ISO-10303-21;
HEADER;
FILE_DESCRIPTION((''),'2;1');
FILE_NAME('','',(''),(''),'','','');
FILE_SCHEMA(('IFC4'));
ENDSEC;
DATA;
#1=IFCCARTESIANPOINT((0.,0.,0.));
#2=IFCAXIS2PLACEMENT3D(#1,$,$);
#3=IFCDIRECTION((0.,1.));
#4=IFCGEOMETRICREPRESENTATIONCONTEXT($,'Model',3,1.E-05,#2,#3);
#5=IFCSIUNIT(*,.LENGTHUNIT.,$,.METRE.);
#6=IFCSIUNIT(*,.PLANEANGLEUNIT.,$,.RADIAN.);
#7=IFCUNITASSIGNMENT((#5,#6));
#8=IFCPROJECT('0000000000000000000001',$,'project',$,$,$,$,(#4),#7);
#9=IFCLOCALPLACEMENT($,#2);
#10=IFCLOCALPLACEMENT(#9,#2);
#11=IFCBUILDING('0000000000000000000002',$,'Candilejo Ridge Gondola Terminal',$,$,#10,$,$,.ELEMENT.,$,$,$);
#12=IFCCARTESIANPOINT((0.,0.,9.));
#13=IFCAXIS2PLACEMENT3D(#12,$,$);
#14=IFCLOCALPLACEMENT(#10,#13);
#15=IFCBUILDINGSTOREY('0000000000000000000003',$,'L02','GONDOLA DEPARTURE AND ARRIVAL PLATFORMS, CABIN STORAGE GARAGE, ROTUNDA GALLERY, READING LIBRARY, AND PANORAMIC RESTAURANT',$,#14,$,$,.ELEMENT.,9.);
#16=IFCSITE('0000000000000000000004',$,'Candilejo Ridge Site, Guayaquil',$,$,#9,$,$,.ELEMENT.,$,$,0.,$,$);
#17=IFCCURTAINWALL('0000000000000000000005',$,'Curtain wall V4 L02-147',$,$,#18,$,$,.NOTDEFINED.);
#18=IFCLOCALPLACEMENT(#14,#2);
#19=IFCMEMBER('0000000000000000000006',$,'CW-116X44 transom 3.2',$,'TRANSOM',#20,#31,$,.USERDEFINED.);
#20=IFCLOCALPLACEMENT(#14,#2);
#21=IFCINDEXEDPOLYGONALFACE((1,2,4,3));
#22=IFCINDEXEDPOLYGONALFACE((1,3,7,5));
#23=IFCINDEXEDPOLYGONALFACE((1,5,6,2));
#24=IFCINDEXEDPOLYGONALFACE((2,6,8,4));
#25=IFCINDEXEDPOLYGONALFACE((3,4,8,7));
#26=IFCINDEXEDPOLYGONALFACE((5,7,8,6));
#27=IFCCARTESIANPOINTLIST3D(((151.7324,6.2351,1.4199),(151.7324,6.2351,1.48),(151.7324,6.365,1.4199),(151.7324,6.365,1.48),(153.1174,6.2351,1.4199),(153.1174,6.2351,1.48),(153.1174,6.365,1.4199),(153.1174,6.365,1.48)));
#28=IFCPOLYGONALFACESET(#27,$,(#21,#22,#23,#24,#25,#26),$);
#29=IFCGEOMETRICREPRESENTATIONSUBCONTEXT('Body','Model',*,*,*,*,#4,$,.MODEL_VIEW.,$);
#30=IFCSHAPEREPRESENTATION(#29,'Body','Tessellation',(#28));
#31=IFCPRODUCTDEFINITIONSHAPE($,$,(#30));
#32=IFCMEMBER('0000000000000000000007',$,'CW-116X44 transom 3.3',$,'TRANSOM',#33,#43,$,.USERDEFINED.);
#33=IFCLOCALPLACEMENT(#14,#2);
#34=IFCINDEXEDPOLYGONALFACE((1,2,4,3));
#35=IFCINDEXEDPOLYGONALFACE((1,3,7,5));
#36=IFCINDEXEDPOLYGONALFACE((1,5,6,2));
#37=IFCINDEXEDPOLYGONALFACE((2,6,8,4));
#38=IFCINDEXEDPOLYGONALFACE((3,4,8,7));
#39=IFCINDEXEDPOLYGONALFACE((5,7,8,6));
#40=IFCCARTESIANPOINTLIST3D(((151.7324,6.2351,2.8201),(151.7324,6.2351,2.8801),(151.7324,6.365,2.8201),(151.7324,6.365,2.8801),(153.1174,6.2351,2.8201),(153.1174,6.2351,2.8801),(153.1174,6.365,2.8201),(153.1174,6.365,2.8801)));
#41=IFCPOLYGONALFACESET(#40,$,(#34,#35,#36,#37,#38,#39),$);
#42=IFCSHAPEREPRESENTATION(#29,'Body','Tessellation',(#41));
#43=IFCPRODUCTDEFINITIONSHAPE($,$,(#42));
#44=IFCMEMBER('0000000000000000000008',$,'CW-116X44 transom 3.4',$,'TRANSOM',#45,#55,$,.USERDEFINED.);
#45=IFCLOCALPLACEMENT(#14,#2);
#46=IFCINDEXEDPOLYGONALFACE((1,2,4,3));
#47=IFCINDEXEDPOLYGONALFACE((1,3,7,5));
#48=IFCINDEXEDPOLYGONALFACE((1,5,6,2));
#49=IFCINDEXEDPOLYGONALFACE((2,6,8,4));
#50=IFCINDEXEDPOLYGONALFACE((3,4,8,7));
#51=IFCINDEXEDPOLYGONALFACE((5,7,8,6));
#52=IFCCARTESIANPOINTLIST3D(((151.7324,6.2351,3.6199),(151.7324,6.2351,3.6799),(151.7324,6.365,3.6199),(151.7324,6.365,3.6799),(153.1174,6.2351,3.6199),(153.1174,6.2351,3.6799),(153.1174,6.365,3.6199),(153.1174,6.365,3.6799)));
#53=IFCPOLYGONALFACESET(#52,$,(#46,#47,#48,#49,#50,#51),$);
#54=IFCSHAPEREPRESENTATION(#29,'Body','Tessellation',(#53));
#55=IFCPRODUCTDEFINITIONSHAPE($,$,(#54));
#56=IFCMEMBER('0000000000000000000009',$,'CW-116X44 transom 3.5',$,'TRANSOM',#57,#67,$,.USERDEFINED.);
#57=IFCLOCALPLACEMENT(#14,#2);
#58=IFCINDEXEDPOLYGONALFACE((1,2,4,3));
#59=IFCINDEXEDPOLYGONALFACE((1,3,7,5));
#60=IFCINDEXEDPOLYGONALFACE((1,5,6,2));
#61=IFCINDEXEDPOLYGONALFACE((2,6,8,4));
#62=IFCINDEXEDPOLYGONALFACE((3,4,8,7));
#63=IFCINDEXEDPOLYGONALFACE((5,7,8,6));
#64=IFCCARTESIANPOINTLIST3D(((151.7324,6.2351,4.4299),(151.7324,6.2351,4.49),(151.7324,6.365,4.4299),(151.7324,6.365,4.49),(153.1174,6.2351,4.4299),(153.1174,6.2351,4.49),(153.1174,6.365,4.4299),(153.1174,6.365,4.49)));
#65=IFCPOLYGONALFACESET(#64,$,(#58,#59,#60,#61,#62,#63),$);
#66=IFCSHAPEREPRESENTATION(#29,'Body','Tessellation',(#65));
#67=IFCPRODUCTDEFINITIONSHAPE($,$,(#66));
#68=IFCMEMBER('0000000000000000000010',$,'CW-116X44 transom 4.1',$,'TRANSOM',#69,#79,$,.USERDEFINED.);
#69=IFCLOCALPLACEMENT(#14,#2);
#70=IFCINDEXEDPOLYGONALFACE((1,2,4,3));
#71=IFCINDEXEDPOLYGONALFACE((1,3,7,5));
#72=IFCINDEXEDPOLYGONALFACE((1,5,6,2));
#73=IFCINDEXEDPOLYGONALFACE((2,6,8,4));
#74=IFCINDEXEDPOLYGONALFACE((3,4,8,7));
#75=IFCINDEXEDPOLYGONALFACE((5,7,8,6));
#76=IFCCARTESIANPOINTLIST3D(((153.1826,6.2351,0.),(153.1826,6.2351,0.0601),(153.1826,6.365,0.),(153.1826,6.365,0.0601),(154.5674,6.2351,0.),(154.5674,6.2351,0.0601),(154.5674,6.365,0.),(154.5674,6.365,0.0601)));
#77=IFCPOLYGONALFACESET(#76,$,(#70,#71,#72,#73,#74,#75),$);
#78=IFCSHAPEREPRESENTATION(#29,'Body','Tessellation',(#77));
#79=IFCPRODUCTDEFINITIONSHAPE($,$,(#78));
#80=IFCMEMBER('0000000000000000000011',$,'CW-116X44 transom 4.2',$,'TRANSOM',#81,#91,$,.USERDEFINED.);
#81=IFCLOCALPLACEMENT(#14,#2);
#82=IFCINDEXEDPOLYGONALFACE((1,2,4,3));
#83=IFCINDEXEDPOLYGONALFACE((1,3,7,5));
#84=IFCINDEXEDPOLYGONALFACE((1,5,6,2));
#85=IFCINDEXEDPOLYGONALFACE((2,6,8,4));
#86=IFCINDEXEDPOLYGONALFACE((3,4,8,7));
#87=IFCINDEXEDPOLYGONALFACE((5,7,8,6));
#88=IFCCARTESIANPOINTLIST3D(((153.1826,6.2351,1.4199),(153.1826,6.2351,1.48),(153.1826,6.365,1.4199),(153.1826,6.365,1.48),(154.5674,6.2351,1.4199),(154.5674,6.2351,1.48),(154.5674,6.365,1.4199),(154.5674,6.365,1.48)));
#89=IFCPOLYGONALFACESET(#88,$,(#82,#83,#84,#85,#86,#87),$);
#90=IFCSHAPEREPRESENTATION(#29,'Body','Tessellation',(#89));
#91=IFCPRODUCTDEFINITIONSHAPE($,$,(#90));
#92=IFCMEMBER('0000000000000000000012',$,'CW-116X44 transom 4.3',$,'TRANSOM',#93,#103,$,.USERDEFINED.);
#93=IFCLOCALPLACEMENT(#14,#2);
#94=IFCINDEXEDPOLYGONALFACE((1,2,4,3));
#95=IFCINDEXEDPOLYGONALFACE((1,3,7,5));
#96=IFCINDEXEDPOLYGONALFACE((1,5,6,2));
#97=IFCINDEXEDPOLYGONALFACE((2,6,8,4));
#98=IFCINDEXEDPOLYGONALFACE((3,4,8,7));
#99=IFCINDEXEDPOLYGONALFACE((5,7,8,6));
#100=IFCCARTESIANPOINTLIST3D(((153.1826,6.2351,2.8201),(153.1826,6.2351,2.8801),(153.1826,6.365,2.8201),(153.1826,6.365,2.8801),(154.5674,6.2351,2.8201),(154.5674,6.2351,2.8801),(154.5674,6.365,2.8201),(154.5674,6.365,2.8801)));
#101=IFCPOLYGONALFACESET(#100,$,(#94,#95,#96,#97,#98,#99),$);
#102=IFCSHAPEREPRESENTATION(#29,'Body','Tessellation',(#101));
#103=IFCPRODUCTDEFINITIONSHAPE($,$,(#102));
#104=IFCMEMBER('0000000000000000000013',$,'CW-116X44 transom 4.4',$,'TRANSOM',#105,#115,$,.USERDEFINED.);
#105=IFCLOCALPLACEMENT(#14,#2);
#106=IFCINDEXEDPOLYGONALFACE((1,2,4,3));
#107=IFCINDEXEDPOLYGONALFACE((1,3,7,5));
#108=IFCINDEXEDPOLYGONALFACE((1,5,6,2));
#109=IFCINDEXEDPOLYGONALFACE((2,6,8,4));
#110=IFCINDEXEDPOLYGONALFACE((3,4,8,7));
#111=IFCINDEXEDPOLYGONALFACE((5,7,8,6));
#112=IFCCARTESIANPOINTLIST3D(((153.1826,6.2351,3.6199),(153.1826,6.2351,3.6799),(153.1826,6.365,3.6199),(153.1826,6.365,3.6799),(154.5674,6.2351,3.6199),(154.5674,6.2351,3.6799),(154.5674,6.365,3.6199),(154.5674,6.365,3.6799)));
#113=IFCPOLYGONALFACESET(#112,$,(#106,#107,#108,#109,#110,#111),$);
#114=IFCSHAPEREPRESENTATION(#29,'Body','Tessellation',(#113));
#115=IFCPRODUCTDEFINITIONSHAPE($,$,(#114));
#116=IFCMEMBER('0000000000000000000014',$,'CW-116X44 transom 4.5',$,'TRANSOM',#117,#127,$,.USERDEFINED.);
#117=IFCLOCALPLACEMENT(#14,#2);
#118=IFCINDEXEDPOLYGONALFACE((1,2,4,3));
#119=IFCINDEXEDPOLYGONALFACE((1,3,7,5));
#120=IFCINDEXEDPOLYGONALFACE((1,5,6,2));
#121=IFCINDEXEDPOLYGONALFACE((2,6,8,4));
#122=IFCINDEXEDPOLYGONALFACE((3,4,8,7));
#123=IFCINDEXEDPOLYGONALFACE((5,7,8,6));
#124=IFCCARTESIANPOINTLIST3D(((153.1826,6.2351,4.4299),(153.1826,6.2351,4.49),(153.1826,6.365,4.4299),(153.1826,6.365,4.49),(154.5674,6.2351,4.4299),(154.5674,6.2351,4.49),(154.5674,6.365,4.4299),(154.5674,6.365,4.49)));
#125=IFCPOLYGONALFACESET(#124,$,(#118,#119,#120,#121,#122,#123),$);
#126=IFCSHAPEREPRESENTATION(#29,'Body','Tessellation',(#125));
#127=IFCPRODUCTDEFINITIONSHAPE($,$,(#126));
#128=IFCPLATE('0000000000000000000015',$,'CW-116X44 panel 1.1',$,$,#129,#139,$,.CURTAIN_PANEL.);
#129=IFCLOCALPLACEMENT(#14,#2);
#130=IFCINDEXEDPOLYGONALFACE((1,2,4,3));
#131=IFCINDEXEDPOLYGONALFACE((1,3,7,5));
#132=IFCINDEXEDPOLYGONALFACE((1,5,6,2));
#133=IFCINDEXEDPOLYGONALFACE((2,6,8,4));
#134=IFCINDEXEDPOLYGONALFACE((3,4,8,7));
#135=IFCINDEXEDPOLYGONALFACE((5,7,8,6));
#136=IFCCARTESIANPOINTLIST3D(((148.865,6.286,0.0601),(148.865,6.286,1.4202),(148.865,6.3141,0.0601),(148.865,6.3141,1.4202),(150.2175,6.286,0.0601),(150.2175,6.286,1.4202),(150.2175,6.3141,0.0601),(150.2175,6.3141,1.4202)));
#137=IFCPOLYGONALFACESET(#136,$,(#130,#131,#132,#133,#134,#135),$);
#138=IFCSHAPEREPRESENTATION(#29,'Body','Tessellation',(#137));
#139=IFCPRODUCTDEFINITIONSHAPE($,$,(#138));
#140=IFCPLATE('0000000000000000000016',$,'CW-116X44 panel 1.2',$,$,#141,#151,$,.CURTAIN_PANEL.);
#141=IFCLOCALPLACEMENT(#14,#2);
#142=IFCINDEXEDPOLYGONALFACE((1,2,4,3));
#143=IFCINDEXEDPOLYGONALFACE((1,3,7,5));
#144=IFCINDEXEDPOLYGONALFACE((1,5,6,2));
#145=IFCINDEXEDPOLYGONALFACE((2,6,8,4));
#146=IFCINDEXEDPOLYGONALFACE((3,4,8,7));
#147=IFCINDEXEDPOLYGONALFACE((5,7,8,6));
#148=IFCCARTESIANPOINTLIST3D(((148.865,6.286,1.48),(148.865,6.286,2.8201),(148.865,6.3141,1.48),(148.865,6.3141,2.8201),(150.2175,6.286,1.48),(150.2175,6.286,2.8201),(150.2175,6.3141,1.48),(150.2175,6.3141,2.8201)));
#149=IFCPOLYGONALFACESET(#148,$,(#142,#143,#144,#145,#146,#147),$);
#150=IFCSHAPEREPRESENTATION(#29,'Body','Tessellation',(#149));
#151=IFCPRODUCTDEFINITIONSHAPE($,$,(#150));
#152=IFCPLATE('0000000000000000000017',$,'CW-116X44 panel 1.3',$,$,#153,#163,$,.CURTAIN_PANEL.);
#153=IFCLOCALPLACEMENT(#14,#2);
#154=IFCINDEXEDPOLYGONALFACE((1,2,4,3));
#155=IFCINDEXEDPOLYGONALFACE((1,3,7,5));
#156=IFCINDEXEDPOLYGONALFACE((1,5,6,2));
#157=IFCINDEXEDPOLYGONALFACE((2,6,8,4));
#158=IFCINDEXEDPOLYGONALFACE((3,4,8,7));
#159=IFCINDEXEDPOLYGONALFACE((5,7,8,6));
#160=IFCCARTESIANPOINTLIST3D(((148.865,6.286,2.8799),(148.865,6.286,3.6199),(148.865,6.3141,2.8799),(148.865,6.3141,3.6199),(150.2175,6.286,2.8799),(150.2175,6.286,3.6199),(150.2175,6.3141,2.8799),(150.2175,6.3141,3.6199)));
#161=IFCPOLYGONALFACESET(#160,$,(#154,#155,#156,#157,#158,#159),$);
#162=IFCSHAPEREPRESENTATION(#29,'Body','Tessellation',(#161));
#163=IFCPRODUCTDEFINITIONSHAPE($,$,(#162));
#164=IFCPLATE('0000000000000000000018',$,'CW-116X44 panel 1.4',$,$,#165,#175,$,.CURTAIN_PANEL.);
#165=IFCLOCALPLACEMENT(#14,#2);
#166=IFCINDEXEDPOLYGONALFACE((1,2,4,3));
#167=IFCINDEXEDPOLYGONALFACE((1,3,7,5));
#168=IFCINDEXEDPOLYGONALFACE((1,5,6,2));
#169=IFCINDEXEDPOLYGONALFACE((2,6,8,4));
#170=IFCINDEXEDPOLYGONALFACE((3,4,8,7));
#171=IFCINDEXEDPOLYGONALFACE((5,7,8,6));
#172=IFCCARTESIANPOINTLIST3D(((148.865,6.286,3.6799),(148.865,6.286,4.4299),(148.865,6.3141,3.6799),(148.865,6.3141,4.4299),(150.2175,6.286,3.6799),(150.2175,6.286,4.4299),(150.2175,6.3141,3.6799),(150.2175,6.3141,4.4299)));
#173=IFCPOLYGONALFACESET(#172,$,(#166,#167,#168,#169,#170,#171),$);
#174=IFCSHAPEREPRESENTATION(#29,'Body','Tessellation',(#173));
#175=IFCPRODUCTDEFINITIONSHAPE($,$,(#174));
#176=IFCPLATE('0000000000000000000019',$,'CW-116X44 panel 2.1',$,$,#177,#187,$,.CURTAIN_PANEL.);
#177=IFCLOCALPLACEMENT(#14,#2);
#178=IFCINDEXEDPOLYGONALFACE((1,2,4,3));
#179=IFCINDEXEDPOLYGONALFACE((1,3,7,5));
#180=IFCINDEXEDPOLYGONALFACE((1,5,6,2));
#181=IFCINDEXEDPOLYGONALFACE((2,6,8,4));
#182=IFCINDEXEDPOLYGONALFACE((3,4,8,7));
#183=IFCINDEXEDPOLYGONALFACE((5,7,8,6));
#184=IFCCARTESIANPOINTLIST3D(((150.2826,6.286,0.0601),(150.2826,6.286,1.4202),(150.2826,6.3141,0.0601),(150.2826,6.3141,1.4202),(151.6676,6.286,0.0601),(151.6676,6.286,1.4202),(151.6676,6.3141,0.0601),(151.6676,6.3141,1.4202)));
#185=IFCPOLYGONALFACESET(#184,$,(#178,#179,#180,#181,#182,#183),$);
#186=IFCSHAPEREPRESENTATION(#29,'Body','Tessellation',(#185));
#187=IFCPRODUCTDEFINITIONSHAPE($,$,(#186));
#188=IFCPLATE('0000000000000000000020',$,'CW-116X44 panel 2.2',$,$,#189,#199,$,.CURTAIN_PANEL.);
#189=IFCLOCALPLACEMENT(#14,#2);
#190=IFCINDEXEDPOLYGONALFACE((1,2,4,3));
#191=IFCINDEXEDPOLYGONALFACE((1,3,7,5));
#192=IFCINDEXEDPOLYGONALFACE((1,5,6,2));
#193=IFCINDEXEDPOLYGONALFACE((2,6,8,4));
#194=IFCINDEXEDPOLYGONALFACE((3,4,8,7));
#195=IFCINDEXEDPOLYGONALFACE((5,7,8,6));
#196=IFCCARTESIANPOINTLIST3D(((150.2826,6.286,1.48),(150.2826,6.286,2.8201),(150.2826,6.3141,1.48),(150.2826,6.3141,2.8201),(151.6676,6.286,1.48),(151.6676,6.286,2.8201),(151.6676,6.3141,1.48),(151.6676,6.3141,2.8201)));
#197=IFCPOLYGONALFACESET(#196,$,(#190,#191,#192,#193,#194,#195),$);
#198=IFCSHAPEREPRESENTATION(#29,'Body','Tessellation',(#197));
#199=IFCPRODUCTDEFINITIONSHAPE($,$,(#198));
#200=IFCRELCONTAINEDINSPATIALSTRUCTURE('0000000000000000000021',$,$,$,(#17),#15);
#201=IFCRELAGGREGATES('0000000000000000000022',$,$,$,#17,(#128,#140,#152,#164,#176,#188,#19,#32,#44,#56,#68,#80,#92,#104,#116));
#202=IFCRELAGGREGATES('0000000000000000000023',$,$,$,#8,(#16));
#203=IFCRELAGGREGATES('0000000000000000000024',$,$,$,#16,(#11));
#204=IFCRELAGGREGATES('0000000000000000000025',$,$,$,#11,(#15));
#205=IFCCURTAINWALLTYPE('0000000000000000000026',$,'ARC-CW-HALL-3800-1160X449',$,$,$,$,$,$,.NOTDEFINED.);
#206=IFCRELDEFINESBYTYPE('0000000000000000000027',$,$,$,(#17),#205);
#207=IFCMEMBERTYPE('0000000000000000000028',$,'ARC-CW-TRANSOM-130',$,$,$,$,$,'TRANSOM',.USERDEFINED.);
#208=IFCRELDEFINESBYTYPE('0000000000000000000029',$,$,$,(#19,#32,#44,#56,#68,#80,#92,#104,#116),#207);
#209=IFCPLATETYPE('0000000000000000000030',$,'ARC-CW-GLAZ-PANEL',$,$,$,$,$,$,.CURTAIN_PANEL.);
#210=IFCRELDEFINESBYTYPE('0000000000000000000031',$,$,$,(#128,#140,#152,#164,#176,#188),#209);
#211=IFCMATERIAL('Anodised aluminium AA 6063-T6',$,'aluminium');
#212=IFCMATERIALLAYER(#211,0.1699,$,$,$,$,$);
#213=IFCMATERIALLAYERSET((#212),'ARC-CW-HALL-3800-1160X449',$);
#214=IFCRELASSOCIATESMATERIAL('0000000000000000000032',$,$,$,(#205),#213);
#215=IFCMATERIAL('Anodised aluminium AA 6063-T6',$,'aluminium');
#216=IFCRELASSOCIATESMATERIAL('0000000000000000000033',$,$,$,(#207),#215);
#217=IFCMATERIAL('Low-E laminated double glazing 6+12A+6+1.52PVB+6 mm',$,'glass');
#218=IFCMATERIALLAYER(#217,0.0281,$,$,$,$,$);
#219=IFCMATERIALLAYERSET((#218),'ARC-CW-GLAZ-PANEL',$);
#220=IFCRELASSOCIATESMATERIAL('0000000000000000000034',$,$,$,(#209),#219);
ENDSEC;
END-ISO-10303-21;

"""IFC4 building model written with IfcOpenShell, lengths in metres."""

from ifc_helpers import new_model, si_unit, direction, frame, origin, origin_2d, place, context, subcontext, project, spatial, rectangle, extrude, material, layer, layer_set, material_profile, profile_set, type_object, element, aggregate, save


model = new_model("IFC4")

# Units and contexts
model_context = context("Model", 3, precision=1e-05, world=origin(), true_north=direction((0.0, 1.0)))
body_context = subcontext(model_context, "Body", "Model", "MODEL_VIEW")
ifc_project = project(units=[si_unit("LENGTHUNIT", "METRE"), si_unit("PLANEANGLEUNIT", "RADIAN")], contexts=[model_context])

# Site, building, storey
site_placement = place(None, origin())
site = spatial("IfcSite", under=ifc_project, at=site_placement, Name="Candilejo Ridge Site, Guayaquil", CompositionType="ELEMENT", RefElevation=0.0)
building_placement = place(site_placement, origin())
building = spatial("IfcBuilding", under=site, at=building_placement, Name="Candilejo Ridge Gondola Terminal", CompositionType="ELEMENT")
storey_placement = place(building_placement, frame((0.0, 0.0, 9.0)))
storey = spatial("IfcBuildingStorey", under=building, at=storey_placement, Name="L02", Description="GONDOLA DEPARTURE AND ARRIVAL PLATFORMS, CABIN STORAGE GARAGE, ROTUNDA GALLERY, READING LIBRARY, AND PANORAMIC RESTAURANT", CompositionType="ELEMENT", Elevation=9.0)

# Curtain wall, members, plates
ifc_material_1 = material(Name="Anodised aluminium AA 6063-T6", Category="aluminium")
ifc_layer_1 = layer(ifc_material_1, 0.1699)
ifc_layer_set_1 = layer_set([ifc_layer_1], Name="ARC-CW-HALL-3800-1160X449")
curtain_wall_type = type_object("IfcCurtainWallType", Name="ARC-CW-HALL-3800-1160X449", PredefinedType="NOTDEFINED", material=ifc_layer_set_1)
curtain_wall_placement = place(storey_placement, origin())
curtain_wall = element("IfcCurtainWall", 1, at=curtain_wall_placement, inside=storey, type_object=curtain_wall_type, Name="Curtain wall V4 L02-147", PredefinedType="NOTDEFINED")
ifc_material_2 = material(Name="Anodised aluminium AA 6063-T6", Category="aluminium")
ifc_material_profile_1 = material_profile(ifc_material_2, rectangle(XDim=0.1299, YDim=0.0601, at=origin_2d()))
ifc_profile_set_1 = profile_set([ifc_material_profile_1], Name="Anodised aluminium AA 6063-T6")
member_type_1 = type_object("IfcMemberType", Name="ARC-CW-TRANSOM-130", ElementType="TRANSOM", PredefinedType="USERDEFINED", material=ifc_profile_set_1)
member_1_placement = place(storey_placement, frame((151.7324, 6.3, 1.45), z_axis=(1.0, 0.0, 0.0), x_axis=(0.0, 1.0, 0.0)))
member_1 = element("IfcMember", 2, at=member_1_placement, type_object=member_type_1, Name="CW-116X44 transom 3.2", ObjectType="TRANSOM", PredefinedType="USERDEFINED", context=body_context, shape_type="SweptSolid", body=[
    extrude(rectangle(XDim=0.1299, YDim=0.0601, at=origin_2d()), origin(), (0.0, 0.0, 1.0), 1.385),
])
member_2_placement = place(storey_placement, frame((151.7324, 6.3, 2.8501), z_axis=(1.0, 0.0, 0.0), x_axis=(0.0, 1.0, 0.0)))
member_2 = element("IfcMember", 3, at=member_2_placement, type_object=member_type_1, Name="CW-116X44 transom 3.3", ObjectType="TRANSOM", PredefinedType="USERDEFINED", context=body_context, shape_type="SweptSolid", body=[
    extrude(rectangle(XDim=0.1299, YDim=0.0601, at=origin_2d()), origin(), (0.0, 0.0, 1.0), 1.385),
])
member_3_placement = place(storey_placement, frame((151.7324, 6.3, 3.6499), z_axis=(1.0, 0.0, 0.0), x_axis=(0.0, 1.0, 0.0)))
member_3 = element("IfcMember", 4, at=member_3_placement, type_object=member_type_1, Name="CW-116X44 transom 3.4", ObjectType="TRANSOM", PredefinedType="USERDEFINED", context=body_context, shape_type="SweptSolid", body=[
    extrude(rectangle(XDim=0.1299, YDim=0.0601, at=origin_2d()), origin(), (0.0, 0.0, 1.0), 1.385),
])
member_4_placement = place(storey_placement, frame((151.7324, 6.3, 4.46), z_axis=(1.0, 0.0, 0.0), x_axis=(0.0, 1.0, 0.0)))
member_4 = element("IfcMember", 5, at=member_4_placement, type_object=member_type_1, Name="CW-116X44 transom 3.5", ObjectType="TRANSOM", PredefinedType="USERDEFINED", context=body_context, shape_type="SweptSolid", body=[
    extrude(rectangle(XDim=0.1299, YDim=0.0601, at=origin_2d()), origin(), (0.0, 0.0, 1.0), 1.385),
])
member_5_placement = place(storey_placement, frame((153.1826, 6.3, 0.03), z_axis=(1.0, 0.0, 0.0), x_axis=(0.0, 1.0, 0.0)))
member_5 = element("IfcMember", 6, at=member_5_placement, type_object=member_type_1, Name="CW-116X44 transom 4.1", ObjectType="TRANSOM", PredefinedType="USERDEFINED", context=body_context, shape_type="SweptSolid", body=[
    extrude(rectangle(XDim=0.1299, YDim=0.0601, at=origin_2d()), origin(), (0.0, 0.0, 1.0), 1.3848),
])
member_6_placement = place(storey_placement, frame((153.1826, 6.3, 1.45), z_axis=(1.0, 0.0, 0.0), x_axis=(0.0, 1.0, 0.0)))
member_6 = element("IfcMember", 7, at=member_6_placement, type_object=member_type_1, Name="CW-116X44 transom 4.2", ObjectType="TRANSOM", PredefinedType="USERDEFINED", context=body_context, shape_type="SweptSolid", body=[
    extrude(rectangle(XDim=0.1299, YDim=0.0601, at=origin_2d()), origin(), (0.0, 0.0, 1.0), 1.3848),
])
member_7_placement = place(storey_placement, frame((153.1826, 6.3, 2.8501), z_axis=(1.0, 0.0, 0.0), x_axis=(0.0, 1.0, 0.0)))
member_7 = element("IfcMember", 8, at=member_7_placement, type_object=member_type_1, Name="CW-116X44 transom 4.3", ObjectType="TRANSOM", PredefinedType="USERDEFINED", context=body_context, shape_type="SweptSolid", body=[
    extrude(rectangle(XDim=0.1299, YDim=0.0601, at=origin_2d()), origin(), (0.0, 0.0, 1.0), 1.3848),
])
member_8_placement = place(storey_placement, frame((153.1826, 6.3, 3.6499), z_axis=(1.0, 0.0, 0.0), x_axis=(0.0, 1.0, 0.0)))
member_8 = element("IfcMember", 9, at=member_8_placement, type_object=member_type_1, Name="CW-116X44 transom 4.4", ObjectType="TRANSOM", PredefinedType="USERDEFINED", context=body_context, shape_type="SweptSolid", body=[
    extrude(rectangle(XDim=0.1299, YDim=0.0601, at=origin_2d()), origin(), (0.0, 0.0, 1.0), 1.3848),
])
member_9_placement = place(storey_placement, frame((153.1826, 6.3, 4.46), z_axis=(1.0, 0.0, 0.0), x_axis=(0.0, 1.0, 0.0)))
member_9 = element("IfcMember", 10, at=member_9_placement, type_object=member_type_1, Name="CW-116X44 transom 4.5", ObjectType="TRANSOM", PredefinedType="USERDEFINED", context=body_context, shape_type="SweptSolid", body=[
    extrude(rectangle(XDim=0.1299, YDim=0.0601, at=origin_2d()), origin(), (0.0, 0.0, 1.0), 1.3848),
])
ifc_material_3 = material(Name="Low-E laminated double glazing 6+12A+6+1.52PVB+6 mm", Category="glass")
ifc_layer_2 = layer(ifc_material_3, 0.0281)
ifc_layer_set_2 = layer_set([ifc_layer_2], Name="ARC-CW-GLAZ-PANEL")
plate_type = type_object("IfcPlateType", Name="ARC-CW-GLAZ-PANEL", PredefinedType="CURTAIN_PANEL", material=ifc_layer_set_2)
plate_1_placement = place(storey_placement, frame((149.5413, 6.3, 0.0601), z_axis=(0.0, 0.0, 1.0), x_axis=(1.0, 0.0, 0.0)))
plate_1 = element("IfcPlate", 11, at=plate_1_placement, type_object=plate_type, Name="CW-116X44 panel 1.1", PredefinedType="CURTAIN_PANEL", context=body_context, shape_type="SweptSolid", body=[
    extrude(rectangle(XDim=1.3525, YDim=0.0281, at=origin_2d()), origin(), (0.0, 0.0, 1.0), 1.3601),
])
plate_2_placement = place(storey_placement, frame((149.5413, 6.3, 1.48), z_axis=(0.0, 0.0, 1.0), x_axis=(1.0, 0.0, 0.0)))
plate_2 = element("IfcPlate", 12, at=plate_2_placement, type_object=plate_type, Name="CW-116X44 panel 1.2", PredefinedType="CURTAIN_PANEL", context=body_context, shape_type="SweptSolid", body=[
    extrude(rectangle(XDim=1.3525, YDim=0.0281, at=origin_2d()), origin(), (0.0, 0.0, 1.0), 1.3401),
])
plate_3_placement = place(storey_placement, frame((149.5413, 6.3, 2.8799), z_axis=(0.0, 0.0, 1.0), x_axis=(1.0, 0.0, 0.0)))
plate_3 = element("IfcPlate", 13, at=plate_3_placement, type_object=plate_type, Name="CW-116X44 panel 1.3", PredefinedType="CURTAIN_PANEL", context=body_context, shape_type="SweptSolid", body=[
    extrude(rectangle(XDim=1.3525, YDim=0.0281, at=origin_2d()), origin(), (0.0, 0.0, 1.0), 0.74),
])
plate_4_placement = place(storey_placement, frame((149.5413, 6.3, 3.6799), z_axis=(0.0, 0.0, 1.0), x_axis=(1.0, 0.0, 0.0)))
plate_4 = element("IfcPlate", 14, at=plate_4_placement, type_object=plate_type, Name="CW-116X44 panel 1.4", PredefinedType="CURTAIN_PANEL", context=body_context, shape_type="SweptSolid", body=[
    extrude(rectangle(XDim=1.3525, YDim=0.0281, at=origin_2d()), origin(), (0.0, 0.0, 1.0), 0.75),
])
plate_5_placement = place(storey_placement, frame((150.9751, 6.3, 0.0601), z_axis=(0.0, 0.0, 1.0), x_axis=(1.0, 0.0, 0.0)))
plate_5 = element("IfcPlate", 15, at=plate_5_placement, type_object=plate_type, Name="CW-116X44 panel 2.1", PredefinedType="CURTAIN_PANEL", context=body_context, shape_type="SweptSolid", body=[
    extrude(rectangle(XDim=1.385, YDim=0.0281, at=origin_2d()), origin(), (0.0, 0.0, 1.0), 1.3601),
])
plate_6_placement = place(storey_placement, frame((150.9751, 6.3, 1.48), z_axis=(0.0, 0.0, 1.0), x_axis=(1.0, 0.0, 0.0)))
plate_6 = element("IfcPlate", 16, at=plate_6_placement, type_object=plate_type, Name="CW-116X44 panel 2.2", PredefinedType="CURTAIN_PANEL", context=body_context, shape_type="SweptSolid", body=[
    extrude(rectangle(XDim=1.385, YDim=0.0281, at=origin_2d()), origin(), (0.0, 0.0, 1.0), 1.3401),
])
aggregate(curtain_wall, [plate_1, plate_2, plate_3, plate_4, plate_5, plate_6, member_1, member_2, member_3, member_4, member_5, member_6, member_7, member_8, member_9])

save(model, "model.ifc")
